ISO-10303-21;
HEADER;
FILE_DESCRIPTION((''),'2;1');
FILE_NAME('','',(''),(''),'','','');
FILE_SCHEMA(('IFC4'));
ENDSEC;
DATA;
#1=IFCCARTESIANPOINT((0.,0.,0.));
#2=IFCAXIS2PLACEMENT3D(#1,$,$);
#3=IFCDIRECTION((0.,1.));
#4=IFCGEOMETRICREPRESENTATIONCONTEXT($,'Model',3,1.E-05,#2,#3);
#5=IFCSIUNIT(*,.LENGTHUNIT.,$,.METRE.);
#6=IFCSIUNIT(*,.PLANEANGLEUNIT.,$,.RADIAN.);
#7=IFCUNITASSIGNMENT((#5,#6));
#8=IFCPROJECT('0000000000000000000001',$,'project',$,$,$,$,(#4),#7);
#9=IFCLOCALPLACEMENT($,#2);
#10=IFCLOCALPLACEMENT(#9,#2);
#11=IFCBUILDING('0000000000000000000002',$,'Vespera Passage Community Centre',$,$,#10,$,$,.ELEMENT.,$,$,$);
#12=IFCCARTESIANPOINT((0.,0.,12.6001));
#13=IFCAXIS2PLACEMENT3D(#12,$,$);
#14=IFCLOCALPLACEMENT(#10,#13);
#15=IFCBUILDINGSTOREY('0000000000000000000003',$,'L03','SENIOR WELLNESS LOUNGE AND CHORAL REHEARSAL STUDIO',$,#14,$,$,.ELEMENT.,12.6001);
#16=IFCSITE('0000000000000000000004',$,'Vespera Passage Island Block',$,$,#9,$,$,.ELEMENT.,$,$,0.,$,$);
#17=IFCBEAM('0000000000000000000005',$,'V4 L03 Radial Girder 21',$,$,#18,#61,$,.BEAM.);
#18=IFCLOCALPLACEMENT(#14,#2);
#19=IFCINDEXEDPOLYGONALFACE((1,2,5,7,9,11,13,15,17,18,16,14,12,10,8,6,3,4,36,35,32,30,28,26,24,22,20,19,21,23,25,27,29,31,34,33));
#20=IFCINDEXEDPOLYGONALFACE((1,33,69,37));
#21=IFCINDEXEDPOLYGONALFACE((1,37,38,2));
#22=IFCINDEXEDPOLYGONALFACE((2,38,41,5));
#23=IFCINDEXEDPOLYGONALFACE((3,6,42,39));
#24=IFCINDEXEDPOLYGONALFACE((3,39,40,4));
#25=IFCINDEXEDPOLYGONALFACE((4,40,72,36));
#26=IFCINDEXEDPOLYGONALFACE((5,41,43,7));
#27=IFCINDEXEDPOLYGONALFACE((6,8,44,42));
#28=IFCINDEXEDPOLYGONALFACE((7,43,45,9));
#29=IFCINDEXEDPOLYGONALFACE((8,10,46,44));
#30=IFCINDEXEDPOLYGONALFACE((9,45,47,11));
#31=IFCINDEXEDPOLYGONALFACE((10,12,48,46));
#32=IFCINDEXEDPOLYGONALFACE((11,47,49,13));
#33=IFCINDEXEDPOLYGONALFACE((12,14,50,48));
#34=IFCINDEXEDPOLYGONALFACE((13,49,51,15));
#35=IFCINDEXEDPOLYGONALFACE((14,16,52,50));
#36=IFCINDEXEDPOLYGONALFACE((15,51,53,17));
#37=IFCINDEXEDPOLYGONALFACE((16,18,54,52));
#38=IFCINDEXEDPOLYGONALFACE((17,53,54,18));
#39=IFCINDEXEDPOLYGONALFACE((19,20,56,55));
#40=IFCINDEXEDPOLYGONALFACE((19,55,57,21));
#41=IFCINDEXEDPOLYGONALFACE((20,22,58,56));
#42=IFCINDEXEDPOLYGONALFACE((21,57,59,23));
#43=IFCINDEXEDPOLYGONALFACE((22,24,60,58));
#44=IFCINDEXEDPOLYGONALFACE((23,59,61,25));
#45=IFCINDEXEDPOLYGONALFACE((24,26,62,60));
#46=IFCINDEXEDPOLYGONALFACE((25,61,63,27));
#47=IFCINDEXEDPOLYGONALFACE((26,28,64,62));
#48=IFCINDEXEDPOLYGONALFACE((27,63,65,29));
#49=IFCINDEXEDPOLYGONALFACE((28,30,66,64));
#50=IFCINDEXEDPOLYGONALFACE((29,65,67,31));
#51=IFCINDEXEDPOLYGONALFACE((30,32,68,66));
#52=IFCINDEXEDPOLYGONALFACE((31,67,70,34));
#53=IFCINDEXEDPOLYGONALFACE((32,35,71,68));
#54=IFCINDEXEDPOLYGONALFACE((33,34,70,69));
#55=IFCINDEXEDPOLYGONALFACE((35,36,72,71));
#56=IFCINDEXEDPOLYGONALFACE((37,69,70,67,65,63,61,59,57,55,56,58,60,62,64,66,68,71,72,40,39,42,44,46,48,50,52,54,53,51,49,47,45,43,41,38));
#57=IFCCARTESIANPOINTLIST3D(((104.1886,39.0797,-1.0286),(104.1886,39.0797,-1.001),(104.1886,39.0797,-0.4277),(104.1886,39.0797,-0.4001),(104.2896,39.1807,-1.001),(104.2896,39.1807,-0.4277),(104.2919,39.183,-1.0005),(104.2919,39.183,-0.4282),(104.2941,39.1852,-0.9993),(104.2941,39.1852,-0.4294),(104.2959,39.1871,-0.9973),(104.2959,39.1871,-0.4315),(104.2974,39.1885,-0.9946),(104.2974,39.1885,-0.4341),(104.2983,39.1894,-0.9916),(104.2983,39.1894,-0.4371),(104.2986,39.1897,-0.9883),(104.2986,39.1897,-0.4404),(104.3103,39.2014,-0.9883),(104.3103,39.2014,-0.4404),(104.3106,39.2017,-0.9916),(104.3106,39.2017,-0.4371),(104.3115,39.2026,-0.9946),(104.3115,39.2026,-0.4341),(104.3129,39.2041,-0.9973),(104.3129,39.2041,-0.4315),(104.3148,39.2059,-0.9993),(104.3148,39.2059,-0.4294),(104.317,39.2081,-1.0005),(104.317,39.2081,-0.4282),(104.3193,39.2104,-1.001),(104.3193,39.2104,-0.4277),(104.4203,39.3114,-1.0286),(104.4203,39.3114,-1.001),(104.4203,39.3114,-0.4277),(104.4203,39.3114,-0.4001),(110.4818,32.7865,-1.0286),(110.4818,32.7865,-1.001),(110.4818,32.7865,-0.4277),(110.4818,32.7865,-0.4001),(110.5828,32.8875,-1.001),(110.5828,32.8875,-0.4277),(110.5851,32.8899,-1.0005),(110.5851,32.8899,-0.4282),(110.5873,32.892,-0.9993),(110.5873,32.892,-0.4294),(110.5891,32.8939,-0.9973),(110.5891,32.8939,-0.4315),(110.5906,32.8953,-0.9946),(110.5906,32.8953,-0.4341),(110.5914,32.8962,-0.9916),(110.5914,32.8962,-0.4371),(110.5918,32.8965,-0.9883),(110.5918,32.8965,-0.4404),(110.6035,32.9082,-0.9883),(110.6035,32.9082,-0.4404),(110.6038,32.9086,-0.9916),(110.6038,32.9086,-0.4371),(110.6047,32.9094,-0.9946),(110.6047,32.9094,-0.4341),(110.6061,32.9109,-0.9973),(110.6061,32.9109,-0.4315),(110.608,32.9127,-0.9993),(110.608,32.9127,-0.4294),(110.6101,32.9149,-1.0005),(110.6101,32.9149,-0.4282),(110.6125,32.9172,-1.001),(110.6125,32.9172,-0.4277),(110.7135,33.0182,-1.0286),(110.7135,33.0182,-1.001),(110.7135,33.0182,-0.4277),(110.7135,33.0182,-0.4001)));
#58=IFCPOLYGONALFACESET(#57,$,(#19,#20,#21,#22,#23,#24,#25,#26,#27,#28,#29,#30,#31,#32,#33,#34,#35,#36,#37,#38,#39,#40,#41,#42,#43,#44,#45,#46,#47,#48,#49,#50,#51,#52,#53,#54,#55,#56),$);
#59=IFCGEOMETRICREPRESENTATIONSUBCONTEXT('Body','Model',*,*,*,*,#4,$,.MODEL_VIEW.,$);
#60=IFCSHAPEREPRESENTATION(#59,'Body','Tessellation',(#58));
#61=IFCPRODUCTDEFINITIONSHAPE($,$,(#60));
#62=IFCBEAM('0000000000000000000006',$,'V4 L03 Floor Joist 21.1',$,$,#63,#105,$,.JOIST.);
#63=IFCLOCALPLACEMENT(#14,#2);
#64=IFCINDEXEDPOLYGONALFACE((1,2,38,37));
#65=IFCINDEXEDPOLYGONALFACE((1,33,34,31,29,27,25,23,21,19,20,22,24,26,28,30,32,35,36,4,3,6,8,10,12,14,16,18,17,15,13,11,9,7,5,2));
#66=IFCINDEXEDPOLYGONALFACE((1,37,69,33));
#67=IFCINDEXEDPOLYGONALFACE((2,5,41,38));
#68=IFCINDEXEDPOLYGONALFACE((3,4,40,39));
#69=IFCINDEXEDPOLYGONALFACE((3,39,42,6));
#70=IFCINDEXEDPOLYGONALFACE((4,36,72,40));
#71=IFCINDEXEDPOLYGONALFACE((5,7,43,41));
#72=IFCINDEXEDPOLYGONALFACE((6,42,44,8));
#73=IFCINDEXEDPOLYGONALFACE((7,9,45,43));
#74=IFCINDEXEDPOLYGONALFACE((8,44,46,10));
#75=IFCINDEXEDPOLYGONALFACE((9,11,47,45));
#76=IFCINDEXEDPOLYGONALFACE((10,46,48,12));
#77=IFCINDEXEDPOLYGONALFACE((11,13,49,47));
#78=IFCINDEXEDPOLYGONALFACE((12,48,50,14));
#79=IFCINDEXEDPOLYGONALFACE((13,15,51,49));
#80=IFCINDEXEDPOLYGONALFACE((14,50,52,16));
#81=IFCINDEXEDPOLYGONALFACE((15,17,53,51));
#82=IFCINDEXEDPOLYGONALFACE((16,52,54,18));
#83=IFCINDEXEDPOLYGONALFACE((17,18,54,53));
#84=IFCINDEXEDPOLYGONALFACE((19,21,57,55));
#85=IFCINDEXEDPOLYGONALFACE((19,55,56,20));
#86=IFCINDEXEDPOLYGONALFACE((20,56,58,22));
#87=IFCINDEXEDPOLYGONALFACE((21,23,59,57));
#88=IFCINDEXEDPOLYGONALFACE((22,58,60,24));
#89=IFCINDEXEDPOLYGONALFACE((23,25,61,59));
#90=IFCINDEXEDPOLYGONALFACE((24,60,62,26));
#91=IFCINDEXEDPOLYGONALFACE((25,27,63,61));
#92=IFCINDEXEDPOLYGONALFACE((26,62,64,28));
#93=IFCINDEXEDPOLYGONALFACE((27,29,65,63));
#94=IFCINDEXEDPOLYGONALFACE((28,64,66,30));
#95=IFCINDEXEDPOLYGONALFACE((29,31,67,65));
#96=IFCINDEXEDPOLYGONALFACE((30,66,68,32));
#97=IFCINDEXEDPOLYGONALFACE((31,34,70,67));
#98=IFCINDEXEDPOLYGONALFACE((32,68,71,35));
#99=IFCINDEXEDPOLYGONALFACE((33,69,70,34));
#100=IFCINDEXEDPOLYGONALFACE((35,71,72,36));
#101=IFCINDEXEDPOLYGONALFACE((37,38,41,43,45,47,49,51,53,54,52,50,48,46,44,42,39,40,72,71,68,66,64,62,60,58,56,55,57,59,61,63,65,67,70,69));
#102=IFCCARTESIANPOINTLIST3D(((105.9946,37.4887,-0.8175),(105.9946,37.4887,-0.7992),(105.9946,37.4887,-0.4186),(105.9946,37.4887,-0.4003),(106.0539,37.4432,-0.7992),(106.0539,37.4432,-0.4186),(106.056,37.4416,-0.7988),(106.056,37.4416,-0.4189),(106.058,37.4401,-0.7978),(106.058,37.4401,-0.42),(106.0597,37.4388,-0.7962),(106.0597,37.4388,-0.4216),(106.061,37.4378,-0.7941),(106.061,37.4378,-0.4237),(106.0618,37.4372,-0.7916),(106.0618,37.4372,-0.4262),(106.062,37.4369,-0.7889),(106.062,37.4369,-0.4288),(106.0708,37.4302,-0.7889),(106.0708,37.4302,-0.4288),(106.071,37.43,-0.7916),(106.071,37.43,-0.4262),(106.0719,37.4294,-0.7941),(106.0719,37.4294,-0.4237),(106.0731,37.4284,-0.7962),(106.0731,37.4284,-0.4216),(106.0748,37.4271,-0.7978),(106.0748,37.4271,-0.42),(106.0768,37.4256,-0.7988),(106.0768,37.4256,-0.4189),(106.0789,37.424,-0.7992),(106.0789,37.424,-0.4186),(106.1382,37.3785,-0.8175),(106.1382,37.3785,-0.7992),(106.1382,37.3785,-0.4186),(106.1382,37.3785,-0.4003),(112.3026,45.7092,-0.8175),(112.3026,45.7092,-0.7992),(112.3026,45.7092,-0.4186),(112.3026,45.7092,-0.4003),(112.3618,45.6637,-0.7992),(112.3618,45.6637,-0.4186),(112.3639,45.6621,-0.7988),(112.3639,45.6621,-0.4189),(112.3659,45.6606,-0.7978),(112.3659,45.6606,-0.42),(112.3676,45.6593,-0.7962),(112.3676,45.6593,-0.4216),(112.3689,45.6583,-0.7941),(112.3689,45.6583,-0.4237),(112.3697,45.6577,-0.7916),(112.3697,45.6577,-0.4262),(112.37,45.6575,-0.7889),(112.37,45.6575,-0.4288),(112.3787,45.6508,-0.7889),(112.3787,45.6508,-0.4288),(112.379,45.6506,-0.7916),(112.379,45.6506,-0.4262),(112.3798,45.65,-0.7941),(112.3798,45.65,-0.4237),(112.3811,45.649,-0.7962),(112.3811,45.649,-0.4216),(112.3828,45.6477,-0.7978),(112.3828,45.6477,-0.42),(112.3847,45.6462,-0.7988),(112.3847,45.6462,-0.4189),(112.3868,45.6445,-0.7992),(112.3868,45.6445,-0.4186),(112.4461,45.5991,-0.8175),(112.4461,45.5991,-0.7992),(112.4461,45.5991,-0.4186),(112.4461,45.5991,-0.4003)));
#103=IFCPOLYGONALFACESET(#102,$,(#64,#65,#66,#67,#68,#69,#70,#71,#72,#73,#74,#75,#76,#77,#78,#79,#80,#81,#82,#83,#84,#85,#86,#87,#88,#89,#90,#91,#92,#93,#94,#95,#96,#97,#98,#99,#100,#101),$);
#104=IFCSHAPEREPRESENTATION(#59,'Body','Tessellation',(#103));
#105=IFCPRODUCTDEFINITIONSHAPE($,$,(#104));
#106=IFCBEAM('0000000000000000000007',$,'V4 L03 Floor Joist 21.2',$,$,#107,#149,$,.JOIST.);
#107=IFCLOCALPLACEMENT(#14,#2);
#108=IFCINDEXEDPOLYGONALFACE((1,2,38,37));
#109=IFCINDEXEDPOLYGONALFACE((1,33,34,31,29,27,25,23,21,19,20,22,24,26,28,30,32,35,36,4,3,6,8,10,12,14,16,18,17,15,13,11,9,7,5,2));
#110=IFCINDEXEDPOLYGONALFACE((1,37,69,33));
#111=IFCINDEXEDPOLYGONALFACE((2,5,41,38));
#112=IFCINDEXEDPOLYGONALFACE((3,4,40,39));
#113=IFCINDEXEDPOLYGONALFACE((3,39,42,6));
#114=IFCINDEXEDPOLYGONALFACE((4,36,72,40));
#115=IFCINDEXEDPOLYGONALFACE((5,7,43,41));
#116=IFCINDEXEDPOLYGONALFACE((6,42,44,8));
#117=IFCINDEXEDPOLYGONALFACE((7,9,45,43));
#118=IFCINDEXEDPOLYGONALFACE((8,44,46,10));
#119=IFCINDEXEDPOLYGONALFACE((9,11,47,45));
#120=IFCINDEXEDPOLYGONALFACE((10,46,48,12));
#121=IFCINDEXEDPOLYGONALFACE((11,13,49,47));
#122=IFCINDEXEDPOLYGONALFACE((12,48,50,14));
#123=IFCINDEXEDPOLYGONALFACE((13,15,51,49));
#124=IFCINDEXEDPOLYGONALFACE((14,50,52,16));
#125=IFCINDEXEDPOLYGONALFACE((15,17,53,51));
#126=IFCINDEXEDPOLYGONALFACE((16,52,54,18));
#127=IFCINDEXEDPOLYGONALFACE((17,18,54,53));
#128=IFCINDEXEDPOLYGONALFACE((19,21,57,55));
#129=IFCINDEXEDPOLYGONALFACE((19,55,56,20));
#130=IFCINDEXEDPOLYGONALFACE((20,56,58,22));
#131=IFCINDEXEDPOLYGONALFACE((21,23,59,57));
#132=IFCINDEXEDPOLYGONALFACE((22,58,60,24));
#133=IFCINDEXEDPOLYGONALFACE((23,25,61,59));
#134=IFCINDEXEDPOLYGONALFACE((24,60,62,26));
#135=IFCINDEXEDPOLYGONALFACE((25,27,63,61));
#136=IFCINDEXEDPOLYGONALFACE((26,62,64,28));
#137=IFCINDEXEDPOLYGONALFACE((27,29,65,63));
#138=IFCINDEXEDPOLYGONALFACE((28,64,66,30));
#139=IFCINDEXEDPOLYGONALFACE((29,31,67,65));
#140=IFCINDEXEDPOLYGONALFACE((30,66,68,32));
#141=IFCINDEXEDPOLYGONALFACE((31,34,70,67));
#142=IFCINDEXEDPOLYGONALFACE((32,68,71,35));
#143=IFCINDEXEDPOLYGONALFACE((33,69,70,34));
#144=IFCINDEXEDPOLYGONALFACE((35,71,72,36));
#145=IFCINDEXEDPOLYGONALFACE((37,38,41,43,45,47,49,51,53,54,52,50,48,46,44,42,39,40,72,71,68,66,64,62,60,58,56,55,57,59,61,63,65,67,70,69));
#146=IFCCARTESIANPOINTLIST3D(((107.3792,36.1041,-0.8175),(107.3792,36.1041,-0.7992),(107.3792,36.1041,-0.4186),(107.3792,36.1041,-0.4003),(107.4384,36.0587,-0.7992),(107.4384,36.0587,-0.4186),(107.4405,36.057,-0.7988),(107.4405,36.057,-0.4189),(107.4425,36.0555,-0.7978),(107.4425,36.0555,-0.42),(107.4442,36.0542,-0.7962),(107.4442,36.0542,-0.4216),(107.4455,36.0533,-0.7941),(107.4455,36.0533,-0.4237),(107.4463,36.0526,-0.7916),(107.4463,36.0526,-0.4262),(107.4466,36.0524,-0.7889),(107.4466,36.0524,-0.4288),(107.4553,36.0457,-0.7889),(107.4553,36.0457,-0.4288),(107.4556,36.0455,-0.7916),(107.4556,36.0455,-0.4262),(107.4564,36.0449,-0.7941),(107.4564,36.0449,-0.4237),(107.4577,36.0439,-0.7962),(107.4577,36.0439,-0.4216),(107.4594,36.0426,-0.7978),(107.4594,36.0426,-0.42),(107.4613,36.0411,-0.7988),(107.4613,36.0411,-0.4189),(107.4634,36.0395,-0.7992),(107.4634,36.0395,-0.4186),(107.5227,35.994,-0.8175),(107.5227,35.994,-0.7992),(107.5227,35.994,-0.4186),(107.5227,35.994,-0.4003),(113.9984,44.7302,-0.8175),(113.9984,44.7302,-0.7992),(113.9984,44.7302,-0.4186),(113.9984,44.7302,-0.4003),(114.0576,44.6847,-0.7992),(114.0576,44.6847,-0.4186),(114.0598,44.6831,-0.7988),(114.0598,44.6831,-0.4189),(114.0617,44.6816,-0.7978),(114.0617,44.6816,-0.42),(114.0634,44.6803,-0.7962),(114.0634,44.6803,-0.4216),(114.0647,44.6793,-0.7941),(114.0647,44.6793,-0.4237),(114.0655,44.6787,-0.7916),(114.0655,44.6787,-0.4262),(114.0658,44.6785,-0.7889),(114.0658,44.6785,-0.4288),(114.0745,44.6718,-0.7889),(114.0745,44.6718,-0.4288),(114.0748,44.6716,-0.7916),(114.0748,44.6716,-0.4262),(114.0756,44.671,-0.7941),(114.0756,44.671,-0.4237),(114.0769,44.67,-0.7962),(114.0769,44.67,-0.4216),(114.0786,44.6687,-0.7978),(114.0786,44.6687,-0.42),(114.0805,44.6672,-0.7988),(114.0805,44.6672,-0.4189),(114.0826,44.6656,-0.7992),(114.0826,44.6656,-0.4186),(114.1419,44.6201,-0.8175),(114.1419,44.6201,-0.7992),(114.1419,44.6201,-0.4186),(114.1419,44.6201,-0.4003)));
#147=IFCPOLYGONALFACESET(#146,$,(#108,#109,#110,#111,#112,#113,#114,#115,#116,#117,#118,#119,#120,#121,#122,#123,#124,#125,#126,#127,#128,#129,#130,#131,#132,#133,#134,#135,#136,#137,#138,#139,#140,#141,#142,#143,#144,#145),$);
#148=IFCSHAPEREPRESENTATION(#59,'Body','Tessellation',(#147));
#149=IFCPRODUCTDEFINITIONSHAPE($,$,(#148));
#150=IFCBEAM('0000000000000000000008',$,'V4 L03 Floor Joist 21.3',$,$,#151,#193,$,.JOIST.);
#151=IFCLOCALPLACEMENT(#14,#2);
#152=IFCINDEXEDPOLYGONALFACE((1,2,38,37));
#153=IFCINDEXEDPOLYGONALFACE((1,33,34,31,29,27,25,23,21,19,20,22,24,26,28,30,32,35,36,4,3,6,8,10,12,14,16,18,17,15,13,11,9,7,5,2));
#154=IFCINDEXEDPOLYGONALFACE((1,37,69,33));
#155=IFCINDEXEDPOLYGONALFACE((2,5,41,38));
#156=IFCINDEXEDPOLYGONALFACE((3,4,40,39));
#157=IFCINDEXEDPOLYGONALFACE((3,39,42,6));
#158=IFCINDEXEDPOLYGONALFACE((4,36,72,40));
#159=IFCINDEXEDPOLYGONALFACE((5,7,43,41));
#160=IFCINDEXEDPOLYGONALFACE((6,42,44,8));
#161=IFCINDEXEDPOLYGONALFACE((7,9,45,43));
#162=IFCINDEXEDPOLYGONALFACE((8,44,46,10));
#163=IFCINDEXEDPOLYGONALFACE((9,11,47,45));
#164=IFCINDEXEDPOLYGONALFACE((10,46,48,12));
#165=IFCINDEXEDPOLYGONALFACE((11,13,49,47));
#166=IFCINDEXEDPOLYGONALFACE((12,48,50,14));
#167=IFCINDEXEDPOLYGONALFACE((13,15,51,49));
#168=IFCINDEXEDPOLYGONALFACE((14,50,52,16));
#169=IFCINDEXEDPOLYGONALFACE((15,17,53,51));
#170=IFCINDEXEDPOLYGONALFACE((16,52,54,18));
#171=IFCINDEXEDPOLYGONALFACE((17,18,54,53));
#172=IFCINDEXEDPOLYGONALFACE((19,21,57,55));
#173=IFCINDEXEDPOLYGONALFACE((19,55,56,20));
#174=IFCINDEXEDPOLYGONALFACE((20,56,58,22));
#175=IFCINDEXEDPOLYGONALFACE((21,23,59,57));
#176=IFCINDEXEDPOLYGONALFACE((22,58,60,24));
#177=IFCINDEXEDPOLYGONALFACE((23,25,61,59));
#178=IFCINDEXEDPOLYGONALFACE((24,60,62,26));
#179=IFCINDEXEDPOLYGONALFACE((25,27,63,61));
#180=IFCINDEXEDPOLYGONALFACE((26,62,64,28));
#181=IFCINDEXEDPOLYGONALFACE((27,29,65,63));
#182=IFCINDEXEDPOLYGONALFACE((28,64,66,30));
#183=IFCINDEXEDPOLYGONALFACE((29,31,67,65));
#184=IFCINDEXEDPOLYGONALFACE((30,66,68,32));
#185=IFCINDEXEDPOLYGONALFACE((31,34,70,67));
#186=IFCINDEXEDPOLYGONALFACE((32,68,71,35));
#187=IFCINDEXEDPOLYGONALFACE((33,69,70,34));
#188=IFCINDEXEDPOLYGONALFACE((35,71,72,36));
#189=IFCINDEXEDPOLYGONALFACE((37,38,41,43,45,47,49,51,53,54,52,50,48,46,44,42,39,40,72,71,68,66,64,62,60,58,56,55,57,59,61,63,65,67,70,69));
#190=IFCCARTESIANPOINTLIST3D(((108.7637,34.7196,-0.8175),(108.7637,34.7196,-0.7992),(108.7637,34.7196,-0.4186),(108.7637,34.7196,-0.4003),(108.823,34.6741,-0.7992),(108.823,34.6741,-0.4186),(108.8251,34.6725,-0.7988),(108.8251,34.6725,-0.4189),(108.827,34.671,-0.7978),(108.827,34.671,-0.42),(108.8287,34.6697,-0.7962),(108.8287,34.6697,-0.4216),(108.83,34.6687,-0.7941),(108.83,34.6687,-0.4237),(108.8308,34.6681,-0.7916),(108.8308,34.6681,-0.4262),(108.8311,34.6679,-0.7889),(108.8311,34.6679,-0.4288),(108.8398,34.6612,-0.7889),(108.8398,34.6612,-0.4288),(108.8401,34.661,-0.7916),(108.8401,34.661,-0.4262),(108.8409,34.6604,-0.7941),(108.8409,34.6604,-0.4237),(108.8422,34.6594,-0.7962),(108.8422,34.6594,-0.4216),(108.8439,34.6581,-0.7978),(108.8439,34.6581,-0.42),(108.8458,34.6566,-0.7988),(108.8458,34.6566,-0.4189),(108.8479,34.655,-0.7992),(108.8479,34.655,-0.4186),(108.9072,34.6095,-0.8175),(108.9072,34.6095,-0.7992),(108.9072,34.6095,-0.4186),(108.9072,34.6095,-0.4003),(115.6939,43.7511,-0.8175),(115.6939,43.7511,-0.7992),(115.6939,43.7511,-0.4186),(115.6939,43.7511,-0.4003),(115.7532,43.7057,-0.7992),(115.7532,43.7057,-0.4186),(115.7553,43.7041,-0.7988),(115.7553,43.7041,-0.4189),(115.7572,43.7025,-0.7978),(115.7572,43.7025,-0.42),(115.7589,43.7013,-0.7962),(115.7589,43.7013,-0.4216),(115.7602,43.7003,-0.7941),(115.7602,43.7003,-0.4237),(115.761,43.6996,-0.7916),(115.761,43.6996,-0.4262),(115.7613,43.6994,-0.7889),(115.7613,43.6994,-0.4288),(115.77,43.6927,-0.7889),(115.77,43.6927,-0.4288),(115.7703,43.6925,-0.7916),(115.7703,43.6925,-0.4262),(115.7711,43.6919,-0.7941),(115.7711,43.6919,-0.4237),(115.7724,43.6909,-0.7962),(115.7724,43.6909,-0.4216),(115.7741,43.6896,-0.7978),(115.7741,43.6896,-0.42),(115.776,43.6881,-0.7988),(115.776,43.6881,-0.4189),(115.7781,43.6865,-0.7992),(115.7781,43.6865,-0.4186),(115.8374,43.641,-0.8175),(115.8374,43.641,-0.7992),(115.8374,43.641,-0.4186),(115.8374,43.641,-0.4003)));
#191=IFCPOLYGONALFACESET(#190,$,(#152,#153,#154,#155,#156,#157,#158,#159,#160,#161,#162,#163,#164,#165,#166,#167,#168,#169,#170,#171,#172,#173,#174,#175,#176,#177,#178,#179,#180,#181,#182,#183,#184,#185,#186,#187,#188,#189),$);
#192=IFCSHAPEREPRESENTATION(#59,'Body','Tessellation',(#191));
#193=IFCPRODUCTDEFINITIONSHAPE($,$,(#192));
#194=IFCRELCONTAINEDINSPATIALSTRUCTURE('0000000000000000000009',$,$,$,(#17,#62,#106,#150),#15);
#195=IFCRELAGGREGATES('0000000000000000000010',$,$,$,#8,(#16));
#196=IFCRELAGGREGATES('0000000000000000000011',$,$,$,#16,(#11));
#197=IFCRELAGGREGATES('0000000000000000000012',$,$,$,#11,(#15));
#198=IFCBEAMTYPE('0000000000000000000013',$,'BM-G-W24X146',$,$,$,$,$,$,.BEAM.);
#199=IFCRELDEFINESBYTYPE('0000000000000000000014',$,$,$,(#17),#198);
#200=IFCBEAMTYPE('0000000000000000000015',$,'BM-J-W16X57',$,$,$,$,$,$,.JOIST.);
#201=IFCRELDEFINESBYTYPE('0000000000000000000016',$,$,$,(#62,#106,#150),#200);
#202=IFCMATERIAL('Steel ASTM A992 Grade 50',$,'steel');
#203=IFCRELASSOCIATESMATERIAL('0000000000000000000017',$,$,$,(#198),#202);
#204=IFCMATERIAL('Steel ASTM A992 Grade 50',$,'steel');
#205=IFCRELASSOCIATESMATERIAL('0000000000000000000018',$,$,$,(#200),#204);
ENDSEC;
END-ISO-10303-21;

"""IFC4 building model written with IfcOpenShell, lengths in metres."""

from ifc_helpers import new_model, si_unit, direction, frame, origin, origin_2d, place, context, subcontext, project, spatial, i_section, extrude, material, material_profile, profile_set, type_object, element, save


model = new_model("IFC4")

# Units and contexts
model_context = context("Model", 3, precision=1e-05, world=origin(), true_north=direction((0.0, 1.0)))
body_context = subcontext(model_context, "Body", "Model", "MODEL_VIEW")
ifc_project = project(units=[si_unit("LENGTHUNIT", "METRE"), si_unit("PLANEANGLEUNIT", "RADIAN")], contexts=[model_context])

# Site, building, storey
site_placement = place(None, origin())
site = spatial("IfcSite", under=ifc_project, at=site_placement, Name="Vespera Passage Island Block", CompositionType="ELEMENT", RefElevation=0.0)
building_placement = place(site_placement, origin())
building = spatial("IfcBuilding", under=site, at=building_placement, Name="Vespera Passage Community Centre", CompositionType="ELEMENT")
storey_placement = place(building_placement, frame((0.0, 0.0, 12.6001)))
storey = spatial("IfcBuildingStorey", under=building, at=storey_placement, Name="L03", Description="SENIOR WELLNESS LOUNGE AND CHORAL REHEARSAL STUDIO", CompositionType="ELEMENT", Elevation=12.6001)

# Beams
ifc_material_1 = material(Name="Steel ASTM A992 Grade 50", Category="steel")
ifc_material_profile_1 = material_profile(ifc_material_1, i_section(OverallWidth=0.3276, OverallDepth=0.6284, WebThickness=0.0166, FlangeThickness=0.0276, FilletRadius=0.0127, at=origin_2d()), Name="W24X146")
ifc_profile_set_1 = profile_set([ifc_material_profile_1], Name="Steel ASTM A992 Grade 50")
beam_type_1 = type_object("IfcBeamType", Name="BM-G-W24X146", PredefinedType="BEAM", material=ifc_profile_set_1)
beam_1_placement = place(storey_placement, frame((104.3044, 39.1956, -0.7144), z_axis=(0.707107, -0.707107, 0.0), x_axis=(0.707107, 0.707107, 0.0)))
element("IfcBeam", 1, at=beam_1_placement, inside=storey, type_object=beam_type_1, Name="V4 L03 Radial Girder 21", PredefinedType="BEAM", context=body_context, shape_type="SweptSolid", body=[
    extrude(i_section(OverallWidth=0.3276, OverallDepth=0.6284, WebThickness=0.0166, FlangeThickness=0.0276, FilletRadius=0.0127, at=origin_2d()), origin(), (0.0, 0.0, 1.0), 8.8999),
])
ifc_material_2 = material(Name="Steel ASTM A992 Grade 50", Category="steel")
ifc_material_profile_2 = material_profile(ifc_material_2, i_section(OverallWidth=0.1809, OverallDepth=0.4172, WebThickness=0.011, FlangeThickness=0.0183, FilletRadius=0.0103, at=origin_2d()), Name="W16X57")
ifc_profile_set_2 = profile_set([ifc_material_profile_2], Name="Steel ASTM A992 Grade 50")
beam_type_2 = type_object("IfcBeamType", Name="BM-J-W16X57", PredefinedType="JOIST", material=ifc_profile_set_2)
beam_2_placement = place(storey_placement, frame((106.0664, 37.4336, -0.6089), z_axis=(0.608766, 0.79335, 0.0), x_axis=(-0.79335, 0.608766, 0.0)))
element("IfcBeam", 2, at=beam_2_placement, inside=storey, type_object=beam_type_2, Name="V4 L03 Floor Joist 21.1", PredefinedType="JOIST", context=body_context, shape_type="SweptSolid", body=[
    extrude(i_section(OverallWidth=0.1809, OverallDepth=0.4172, WebThickness=0.011, FlangeThickness=0.0183, FilletRadius=0.0103, at=origin_2d()), origin(), (0.0, 0.0, 1.0), 10.3618),
])
beam_3_placement = place(storey_placement, frame((107.4509, 36.0491, -0.6089), z_axis=(0.608773, 0.793345, 0.0), x_axis=(-0.793345, 0.608773, 0.0)))
element("IfcBeam", 3, at=beam_3_placement, inside=storey, type_object=beam_type_2, Name="V4 L03 Floor Joist 21.2", PredefinedType="JOIST", context=body_context, shape_type="SweptSolid", body=[
    extrude(i_section(OverallWidth=0.1809, OverallDepth=0.4172, WebThickness=0.011, FlangeThickness=0.0183, FilletRadius=0.0103, at=origin_2d()), origin(), (0.0, 0.0, 1.0), 10.873),
])
beam_4_placement = place(storey_placement, frame((108.8354, 34.6646, -0.6089), z_axis=(0.608765, 0.793351, 0.0), x_axis=(-0.793351, 0.608765, 0.0)))
element("IfcBeam", 4, at=beam_4_placement, inside=storey, type_object=beam_type_2, Name="V4 L03 Floor Joist 21.3", PredefinedType="JOIST", context=body_context, shape_type="SweptSolid", body=[
    extrude(i_section(OverallWidth=0.1809, OverallDepth=0.4172, WebThickness=0.011, FlangeThickness=0.0183, FilletRadius=0.0103, at=origin_2d()), origin(), (0.0, 0.0, 1.0), 11.384),
])

save(model, "model.ifc")
